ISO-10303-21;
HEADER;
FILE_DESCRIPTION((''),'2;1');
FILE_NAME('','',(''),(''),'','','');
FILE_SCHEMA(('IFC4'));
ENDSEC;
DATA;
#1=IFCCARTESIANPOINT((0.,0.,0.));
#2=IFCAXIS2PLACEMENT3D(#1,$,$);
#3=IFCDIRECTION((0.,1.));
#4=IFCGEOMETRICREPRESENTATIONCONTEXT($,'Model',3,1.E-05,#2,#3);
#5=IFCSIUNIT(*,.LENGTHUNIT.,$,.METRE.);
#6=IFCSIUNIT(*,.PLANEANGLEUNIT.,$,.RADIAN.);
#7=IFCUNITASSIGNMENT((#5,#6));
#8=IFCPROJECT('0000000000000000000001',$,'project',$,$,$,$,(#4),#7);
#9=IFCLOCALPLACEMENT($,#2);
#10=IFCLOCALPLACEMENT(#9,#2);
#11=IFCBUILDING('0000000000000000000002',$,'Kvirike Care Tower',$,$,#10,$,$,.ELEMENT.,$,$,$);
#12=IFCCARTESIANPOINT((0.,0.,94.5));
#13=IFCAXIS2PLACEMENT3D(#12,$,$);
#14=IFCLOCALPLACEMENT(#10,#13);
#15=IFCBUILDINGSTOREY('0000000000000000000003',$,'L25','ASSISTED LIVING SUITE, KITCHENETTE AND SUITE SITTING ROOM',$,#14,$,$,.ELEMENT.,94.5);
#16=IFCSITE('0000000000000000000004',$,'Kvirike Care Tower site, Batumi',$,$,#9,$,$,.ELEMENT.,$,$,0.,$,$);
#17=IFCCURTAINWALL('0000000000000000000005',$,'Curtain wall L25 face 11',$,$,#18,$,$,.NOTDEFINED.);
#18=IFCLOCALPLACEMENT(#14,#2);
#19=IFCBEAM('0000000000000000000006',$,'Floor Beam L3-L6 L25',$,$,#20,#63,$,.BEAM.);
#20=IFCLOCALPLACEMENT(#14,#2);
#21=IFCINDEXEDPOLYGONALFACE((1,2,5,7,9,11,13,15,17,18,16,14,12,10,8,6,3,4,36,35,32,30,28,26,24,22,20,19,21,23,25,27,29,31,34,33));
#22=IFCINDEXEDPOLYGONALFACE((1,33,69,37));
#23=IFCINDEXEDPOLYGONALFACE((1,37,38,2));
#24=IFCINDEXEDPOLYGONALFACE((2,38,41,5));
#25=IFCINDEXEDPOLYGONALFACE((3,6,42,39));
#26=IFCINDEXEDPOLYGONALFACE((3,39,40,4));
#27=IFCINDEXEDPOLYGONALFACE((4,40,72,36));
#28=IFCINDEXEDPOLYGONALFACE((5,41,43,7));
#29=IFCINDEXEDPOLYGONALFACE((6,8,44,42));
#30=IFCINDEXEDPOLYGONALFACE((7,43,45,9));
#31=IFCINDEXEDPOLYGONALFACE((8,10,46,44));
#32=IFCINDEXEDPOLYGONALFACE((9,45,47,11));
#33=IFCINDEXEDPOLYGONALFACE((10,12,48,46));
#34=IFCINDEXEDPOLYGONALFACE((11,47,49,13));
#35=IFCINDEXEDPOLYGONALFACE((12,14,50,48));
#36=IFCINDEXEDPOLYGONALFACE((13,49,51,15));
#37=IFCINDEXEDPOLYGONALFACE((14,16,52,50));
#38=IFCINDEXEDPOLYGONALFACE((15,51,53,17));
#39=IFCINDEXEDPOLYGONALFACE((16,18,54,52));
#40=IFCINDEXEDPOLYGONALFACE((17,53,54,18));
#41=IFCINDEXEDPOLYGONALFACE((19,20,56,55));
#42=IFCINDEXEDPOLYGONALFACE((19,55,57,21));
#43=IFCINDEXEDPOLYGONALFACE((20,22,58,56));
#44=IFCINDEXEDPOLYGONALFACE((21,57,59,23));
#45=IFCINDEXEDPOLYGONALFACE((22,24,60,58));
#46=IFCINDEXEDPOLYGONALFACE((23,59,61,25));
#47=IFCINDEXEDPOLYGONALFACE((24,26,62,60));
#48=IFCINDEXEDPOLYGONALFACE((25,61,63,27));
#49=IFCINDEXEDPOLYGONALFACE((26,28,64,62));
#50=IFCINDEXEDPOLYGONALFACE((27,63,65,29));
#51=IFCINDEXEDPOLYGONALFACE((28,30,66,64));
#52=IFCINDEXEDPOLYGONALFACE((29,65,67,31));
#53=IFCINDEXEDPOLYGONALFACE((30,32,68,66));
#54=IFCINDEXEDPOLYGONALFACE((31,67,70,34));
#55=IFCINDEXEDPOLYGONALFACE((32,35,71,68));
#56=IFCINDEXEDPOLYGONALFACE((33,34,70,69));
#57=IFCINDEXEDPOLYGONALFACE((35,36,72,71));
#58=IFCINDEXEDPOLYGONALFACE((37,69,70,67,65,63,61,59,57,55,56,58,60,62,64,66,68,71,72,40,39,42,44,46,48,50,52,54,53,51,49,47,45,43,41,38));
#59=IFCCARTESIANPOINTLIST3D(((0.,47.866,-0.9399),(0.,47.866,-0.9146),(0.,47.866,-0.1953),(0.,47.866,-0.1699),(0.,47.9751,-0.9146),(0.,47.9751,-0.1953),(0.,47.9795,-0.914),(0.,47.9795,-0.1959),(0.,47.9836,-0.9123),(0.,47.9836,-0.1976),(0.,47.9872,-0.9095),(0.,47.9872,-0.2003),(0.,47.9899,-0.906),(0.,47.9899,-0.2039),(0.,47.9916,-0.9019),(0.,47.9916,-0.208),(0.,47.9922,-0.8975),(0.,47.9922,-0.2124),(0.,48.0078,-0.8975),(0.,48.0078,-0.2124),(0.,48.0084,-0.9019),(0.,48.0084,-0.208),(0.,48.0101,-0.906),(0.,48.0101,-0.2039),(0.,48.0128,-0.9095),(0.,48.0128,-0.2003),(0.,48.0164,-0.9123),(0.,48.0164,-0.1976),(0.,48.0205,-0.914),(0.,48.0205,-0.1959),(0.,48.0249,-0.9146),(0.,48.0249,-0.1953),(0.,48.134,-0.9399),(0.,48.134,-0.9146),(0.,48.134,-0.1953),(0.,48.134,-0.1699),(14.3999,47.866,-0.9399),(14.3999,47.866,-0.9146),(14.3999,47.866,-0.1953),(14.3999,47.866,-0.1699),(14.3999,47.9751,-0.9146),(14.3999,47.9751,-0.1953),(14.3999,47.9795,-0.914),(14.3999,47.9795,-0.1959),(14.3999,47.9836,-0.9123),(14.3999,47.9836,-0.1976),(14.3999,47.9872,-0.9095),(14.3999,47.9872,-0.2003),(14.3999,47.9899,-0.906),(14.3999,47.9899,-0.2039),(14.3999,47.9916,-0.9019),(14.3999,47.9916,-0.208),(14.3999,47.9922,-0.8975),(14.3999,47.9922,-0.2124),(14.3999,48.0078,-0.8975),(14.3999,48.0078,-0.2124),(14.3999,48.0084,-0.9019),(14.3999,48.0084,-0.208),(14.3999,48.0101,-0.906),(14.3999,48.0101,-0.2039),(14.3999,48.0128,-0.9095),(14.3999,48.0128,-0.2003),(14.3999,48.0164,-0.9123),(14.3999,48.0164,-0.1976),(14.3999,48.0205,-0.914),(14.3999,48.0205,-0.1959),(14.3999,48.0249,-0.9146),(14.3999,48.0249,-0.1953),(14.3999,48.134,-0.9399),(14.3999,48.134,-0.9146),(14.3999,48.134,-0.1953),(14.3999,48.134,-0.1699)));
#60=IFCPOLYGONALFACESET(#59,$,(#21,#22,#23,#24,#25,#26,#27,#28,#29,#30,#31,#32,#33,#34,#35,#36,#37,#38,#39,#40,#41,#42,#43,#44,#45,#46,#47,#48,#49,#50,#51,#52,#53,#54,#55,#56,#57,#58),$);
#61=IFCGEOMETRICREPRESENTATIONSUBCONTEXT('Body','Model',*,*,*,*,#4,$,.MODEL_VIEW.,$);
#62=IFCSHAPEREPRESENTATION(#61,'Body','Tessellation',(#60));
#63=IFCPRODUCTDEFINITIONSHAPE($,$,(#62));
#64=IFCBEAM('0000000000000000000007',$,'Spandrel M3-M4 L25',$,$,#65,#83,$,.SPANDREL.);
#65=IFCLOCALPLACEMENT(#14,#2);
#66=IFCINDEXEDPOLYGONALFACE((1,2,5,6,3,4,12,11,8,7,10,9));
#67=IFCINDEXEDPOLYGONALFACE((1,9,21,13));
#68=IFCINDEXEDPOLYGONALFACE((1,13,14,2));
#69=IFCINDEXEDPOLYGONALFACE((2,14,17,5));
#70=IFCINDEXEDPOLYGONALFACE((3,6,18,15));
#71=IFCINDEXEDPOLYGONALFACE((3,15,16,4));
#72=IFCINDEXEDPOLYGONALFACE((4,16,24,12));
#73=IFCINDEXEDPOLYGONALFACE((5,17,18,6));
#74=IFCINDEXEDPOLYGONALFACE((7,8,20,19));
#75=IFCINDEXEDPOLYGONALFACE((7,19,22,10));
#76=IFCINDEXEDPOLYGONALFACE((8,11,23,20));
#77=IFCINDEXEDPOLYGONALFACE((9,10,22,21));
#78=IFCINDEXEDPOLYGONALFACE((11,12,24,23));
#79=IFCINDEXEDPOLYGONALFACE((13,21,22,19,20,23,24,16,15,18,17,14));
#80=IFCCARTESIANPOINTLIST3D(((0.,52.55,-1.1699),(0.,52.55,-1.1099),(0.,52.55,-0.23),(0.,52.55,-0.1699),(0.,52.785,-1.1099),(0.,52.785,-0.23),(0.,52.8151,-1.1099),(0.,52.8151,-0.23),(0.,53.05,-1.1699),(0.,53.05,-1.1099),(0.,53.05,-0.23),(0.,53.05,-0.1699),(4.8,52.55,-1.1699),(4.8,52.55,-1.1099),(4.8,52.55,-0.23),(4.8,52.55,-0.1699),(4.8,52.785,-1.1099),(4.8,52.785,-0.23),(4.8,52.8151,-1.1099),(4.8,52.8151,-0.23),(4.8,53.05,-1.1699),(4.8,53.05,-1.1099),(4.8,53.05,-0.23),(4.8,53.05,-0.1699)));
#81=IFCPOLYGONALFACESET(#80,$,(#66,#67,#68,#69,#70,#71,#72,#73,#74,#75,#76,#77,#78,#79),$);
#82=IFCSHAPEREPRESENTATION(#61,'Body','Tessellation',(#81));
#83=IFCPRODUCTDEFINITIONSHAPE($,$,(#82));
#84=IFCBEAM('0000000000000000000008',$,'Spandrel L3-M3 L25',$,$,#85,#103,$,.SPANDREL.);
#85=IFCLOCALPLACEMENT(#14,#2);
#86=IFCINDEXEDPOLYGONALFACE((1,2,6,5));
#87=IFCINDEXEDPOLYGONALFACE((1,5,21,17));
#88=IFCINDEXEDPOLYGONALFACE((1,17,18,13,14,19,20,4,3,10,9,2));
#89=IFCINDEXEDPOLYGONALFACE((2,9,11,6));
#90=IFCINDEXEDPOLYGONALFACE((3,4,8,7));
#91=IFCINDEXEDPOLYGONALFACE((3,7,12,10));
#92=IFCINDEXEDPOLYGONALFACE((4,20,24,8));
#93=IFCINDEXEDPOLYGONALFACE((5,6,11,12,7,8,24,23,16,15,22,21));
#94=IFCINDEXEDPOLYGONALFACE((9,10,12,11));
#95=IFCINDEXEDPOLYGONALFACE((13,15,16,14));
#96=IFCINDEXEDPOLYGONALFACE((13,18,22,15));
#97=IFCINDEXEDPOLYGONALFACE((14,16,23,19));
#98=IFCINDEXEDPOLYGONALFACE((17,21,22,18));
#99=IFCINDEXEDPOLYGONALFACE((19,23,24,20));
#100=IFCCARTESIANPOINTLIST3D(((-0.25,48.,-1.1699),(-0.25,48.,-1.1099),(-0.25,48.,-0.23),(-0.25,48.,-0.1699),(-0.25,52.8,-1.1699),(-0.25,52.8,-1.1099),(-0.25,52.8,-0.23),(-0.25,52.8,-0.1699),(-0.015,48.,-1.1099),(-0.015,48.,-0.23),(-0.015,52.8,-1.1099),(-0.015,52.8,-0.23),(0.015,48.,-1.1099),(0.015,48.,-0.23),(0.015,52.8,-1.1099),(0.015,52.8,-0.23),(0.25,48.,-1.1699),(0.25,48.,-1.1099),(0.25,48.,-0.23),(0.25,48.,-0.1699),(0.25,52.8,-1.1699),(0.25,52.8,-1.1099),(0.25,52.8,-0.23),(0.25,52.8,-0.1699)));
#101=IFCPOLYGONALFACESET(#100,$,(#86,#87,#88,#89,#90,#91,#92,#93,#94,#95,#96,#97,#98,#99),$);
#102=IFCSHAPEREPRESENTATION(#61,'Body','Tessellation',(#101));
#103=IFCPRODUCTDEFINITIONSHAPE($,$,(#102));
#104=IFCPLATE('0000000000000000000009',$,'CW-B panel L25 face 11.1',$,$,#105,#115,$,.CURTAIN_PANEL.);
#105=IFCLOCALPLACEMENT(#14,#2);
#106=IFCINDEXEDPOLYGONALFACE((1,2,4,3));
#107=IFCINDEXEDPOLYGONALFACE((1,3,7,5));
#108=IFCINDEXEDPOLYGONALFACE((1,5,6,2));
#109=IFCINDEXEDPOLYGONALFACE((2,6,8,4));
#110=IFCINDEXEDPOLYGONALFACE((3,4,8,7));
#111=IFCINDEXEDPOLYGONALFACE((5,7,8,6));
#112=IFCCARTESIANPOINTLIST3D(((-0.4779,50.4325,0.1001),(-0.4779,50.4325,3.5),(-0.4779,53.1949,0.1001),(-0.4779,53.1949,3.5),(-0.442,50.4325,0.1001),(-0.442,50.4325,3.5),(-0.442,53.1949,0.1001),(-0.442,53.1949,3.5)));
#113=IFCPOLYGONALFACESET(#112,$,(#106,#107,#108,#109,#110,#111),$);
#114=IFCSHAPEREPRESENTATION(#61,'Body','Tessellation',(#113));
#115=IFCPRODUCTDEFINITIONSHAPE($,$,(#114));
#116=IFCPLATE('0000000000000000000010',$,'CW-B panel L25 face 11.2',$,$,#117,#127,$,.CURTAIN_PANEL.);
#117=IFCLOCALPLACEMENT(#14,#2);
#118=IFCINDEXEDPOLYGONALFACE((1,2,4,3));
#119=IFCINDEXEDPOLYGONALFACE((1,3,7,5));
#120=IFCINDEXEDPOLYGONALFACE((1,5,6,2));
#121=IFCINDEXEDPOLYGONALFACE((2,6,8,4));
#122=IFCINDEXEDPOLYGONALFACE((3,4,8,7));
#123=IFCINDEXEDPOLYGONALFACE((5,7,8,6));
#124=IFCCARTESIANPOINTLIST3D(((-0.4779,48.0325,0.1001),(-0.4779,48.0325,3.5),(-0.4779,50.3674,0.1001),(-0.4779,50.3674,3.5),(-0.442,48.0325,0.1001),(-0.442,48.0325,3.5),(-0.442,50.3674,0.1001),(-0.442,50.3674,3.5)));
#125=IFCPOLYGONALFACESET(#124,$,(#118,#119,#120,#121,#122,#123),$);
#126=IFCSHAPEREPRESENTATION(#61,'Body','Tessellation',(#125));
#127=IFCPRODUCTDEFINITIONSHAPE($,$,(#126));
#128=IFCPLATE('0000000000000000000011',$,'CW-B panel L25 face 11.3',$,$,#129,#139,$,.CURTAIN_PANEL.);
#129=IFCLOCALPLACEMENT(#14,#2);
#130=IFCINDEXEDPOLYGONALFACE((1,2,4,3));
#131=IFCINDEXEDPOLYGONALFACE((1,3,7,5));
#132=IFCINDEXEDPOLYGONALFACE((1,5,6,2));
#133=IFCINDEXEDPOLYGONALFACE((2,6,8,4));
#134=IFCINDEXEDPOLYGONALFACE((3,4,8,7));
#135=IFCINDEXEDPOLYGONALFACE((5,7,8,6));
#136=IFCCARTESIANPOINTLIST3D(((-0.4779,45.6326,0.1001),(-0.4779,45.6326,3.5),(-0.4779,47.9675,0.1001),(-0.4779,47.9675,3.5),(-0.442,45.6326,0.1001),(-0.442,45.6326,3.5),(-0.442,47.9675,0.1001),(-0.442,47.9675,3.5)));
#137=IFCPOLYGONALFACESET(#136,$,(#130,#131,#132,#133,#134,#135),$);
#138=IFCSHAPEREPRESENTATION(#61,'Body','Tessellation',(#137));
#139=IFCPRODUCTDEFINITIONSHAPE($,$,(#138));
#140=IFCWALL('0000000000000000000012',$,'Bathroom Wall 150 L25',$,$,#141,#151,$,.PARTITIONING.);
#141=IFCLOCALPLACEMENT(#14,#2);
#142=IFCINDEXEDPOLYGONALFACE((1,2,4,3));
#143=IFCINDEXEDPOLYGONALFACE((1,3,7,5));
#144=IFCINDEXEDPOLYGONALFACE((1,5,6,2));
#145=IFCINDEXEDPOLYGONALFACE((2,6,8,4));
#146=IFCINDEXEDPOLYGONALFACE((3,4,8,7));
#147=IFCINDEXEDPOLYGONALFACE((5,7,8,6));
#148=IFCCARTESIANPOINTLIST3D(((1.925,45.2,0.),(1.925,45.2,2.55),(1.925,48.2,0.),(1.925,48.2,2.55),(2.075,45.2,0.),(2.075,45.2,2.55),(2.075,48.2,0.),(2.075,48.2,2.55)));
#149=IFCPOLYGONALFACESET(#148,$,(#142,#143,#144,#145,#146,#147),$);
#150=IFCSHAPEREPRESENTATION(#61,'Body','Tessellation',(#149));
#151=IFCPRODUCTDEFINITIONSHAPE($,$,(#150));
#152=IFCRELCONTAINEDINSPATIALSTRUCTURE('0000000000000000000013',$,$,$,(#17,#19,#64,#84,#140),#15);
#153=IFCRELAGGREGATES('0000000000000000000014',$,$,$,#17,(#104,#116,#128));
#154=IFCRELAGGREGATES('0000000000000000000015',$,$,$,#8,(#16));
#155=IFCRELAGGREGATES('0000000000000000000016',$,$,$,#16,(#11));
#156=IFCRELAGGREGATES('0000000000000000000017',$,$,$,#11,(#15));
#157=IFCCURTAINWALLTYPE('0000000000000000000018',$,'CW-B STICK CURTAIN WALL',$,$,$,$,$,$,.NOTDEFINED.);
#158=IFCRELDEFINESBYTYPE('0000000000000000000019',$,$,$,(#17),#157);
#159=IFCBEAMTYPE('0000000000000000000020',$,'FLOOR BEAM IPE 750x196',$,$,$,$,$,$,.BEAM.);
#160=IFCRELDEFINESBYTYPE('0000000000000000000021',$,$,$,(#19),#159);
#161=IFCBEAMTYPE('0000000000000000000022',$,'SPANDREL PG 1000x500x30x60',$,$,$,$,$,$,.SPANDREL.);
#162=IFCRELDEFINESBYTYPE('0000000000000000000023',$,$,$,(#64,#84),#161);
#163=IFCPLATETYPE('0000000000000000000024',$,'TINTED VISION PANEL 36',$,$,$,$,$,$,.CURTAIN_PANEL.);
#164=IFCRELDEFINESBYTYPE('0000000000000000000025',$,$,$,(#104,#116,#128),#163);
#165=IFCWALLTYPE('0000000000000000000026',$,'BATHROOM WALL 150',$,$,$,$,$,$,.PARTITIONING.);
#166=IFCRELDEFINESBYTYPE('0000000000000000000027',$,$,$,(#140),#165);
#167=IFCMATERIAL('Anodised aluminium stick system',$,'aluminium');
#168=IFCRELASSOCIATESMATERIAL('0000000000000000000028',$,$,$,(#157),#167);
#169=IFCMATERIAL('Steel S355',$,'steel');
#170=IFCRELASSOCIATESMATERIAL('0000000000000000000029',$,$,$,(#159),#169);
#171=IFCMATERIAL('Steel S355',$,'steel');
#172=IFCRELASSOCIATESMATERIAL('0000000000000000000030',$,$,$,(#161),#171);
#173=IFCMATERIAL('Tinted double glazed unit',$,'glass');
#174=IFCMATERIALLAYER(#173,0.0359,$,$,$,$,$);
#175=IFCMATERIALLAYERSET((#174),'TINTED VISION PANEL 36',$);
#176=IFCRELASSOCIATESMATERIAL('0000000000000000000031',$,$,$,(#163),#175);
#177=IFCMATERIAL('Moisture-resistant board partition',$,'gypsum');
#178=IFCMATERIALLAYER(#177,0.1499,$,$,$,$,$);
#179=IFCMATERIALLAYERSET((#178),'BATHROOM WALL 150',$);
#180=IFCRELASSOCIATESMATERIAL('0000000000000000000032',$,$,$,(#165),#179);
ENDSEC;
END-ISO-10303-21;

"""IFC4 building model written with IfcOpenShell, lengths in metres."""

from ifc_helpers import new_model, si_unit, direction, frame, frame_2d, origin, origin_2d, place, context, subcontext, project, spatial, rectangle, i_section, extrude, material, layer, layer_set, material_profile, profile_set, type_object, element, aggregate, save


model = new_model("IFC4")

# Units and contexts
model_context = context("Model", 3, precision=1e-05, world=origin(), true_north=direction((0.0, 1.0)))
body_context = subcontext(model_context, "Body", "Model", "MODEL_VIEW")
ifc_project = project(units=[si_unit("LENGTHUNIT", "METRE"), si_unit("PLANEANGLEUNIT", "RADIAN")], contexts=[model_context])

# Site, building, storey
site_placement = place(None, origin())
site = spatial("IfcSite", under=ifc_project, at=site_placement, Name="Kvirike Care Tower site, Batumi", CompositionType="ELEMENT", RefElevation=0.0)
building_placement = place(site_placement, origin())
building = spatial("IfcBuilding", under=site, at=building_placement, Name="Kvirike Care Tower", CompositionType="ELEMENT")
storey_placement = place(building_placement, frame((0.0, 0.0, 94.5)))
storey = spatial("IfcBuildingStorey", under=building, at=storey_placement, Name="L25", Description="ASSISTED LIVING SUITE, KITCHENETTE AND SUITE SITTING ROOM", CompositionType="ELEMENT", Elevation=94.5)

# Curtain wall
ifc_material_1 = material(Name="Anodised aluminium stick system", Category="aluminium")
curtain_wall_type = type_object("IfcCurtainWallType", Name="CW-B STICK CURTAIN WALL", PredefinedType="NOTDEFINED", material=ifc_material_1)
curtain_wall_placement = place(storey_placement, origin())
curtain_wall = element("IfcCurtainWall", 1, at=curtain_wall_placement, inside=storey, type_object=curtain_wall_type, Name="Curtain wall L25 face 11", PredefinedType="NOTDEFINED")

# Beams
ifc_material_2 = material(Name="Steel S355", Category="steel")
ifc_material_profile_1 = material_profile(ifc_material_2, i_section(OverallWidth=0.2681, OverallDepth=0.77, WebThickness=0.0156, FlangeThickness=0.0254, FilletRadius=0.0171, at=origin_2d()), Name="IPE 750x196")
ifc_profile_set_1 = profile_set([ifc_material_profile_1], Name="Steel S355")
beam_type_1 = type_object("IfcBeamType", Name="FLOOR BEAM IPE 750x196", PredefinedType="BEAM", material=ifc_profile_set_1)
beam_placement = place(storey_placement, frame((0.0, 48.0, -0.5549), z_axis=(1.0, 0.0, 0.0), x_axis=(0.0, 1.0, 0.0)))
element("IfcBeam", 2, at=beam_placement, inside=storey, type_object=beam_type_1, Name="Floor Beam L3-L6 L25", PredefinedType="BEAM", context=body_context, shape_type="SweptSolid", body=[
    extrude(i_section(OverallWidth=0.2681, OverallDepth=0.77, WebThickness=0.0156, FlangeThickness=0.0254, FilletRadius=0.0171, at=origin_2d()), origin(), (0.0, 0.0, 1.0), 14.3999),
])
ifc_material_3 = material(Name="Steel S355", Category="steel")
ifc_material_profile_2 = material_profile(ifc_material_3, i_section(OverallWidth=0.5, OverallDepth=1.0, WebThickness=0.03, FlangeThickness=0.0601, at=origin_2d()), Name="PG 1000x500x30x60")
ifc_profile_set_2 = profile_set([ifc_material_profile_2], Name="Steel S355")
beam_type_2 = type_object("IfcBeamType", Name="SPANDREL PG 1000x500x30x60", PredefinedType="SPANDREL", material=ifc_profile_set_2)
for number, where, z_axis, x_axis, name in (
    (3, (0.0, 52.8, -0.6699), (1.0, 0.0, 0.0), (0.0, 1.0, 0.0), "Spandrel M3-M4 L25"),
    (4, (0.0, 48.0, -0.6699), (0.0, 1.0, 0.0), (-1.0, 0.0, 0.0), "Spandrel L3-M3 L25"),
):
    element("IfcBeam", number, at=place(storey_placement, frame(where, z_axis=z_axis, x_axis=x_axis)), inside=storey, type_object=beam_type_2, Name=name, PredefinedType="SPANDREL", context=body_context, shape_type="SweptSolid", body=[
        extrude(i_section(OverallWidth=0.5, OverallDepth=1.0, WebThickness=0.03, FlangeThickness=0.0601, at=origin_2d()), origin(), (0.0, 0.0, 1.0), 4.8),
    ])

# Plates
ifc_material_4 = material(Name="Tinted double glazed unit", Category="glass")
ifc_layer_1 = layer(ifc_material_4, 0.0359)
ifc_layer_set_1 = layer_set([ifc_layer_1], Name="TINTED VISION PANEL 36")
plate_type = type_object("IfcPlateType", Name="TINTED VISION PANEL 36", PredefinedType="CURTAIN_PANEL", material=ifc_layer_set_1)
plate_1_placement = place(storey_placement, frame((-0.46, 51.8137, 0.1001), z_axis=(0.0, 0.0, 1.0), x_axis=(0.0, -1.0, 0.0)))
plate_1 = element("IfcPlate", 5, at=plate_1_placement, type_object=plate_type, Name="CW-B panel L25 face 11.1", PredefinedType="CURTAIN_PANEL", context=body_context, shape_type="SweptSolid", body=[
    extrude(rectangle(XDim=2.7625, YDim=0.0359, at=origin_2d()), origin(), (0.0, 0.0, 1.0), 3.3999),
])
plate_2_placement = place(storey_placement, frame((-0.46, 49.2, 0.1001), z_axis=(0.0, 0.0, 1.0), x_axis=(0.0, -1.0, 0.0)))
plate_2 = element("IfcPlate", 6, at=plate_2_placement, type_object=plate_type, Name="CW-B panel L25 face 11.2", PredefinedType="CURTAIN_PANEL", context=body_context, shape_type="SweptSolid", body=[
    extrude(rectangle(XDim=2.335, YDim=0.0359, at=origin_2d()), origin(), (0.0, 0.0, 1.0), 3.3999),
])
plate_3_placement = place(storey_placement, frame((-0.46, 46.8, 0.1001), z_axis=(0.0, 0.0, 1.0), x_axis=(0.0, -1.0, 0.0)))
plate_3 = element("IfcPlate", 7, at=plate_3_placement, type_object=plate_type, Name="CW-B panel L25 face 11.3", PredefinedType="CURTAIN_PANEL", context=body_context, shape_type="SweptSolid", body=[
    extrude(rectangle(XDim=2.335, YDim=0.0359, at=origin_2d()), origin(), (0.0, 0.0, 1.0), 3.3999),
])
aggregate(curtain_wall, [plate_1, plate_2, plate_3])

# Wall
ifc_material_5 = material(Name="Moisture-resistant board partition", Category="gypsum")
ifc_layer_2 = layer(ifc_material_5, 0.1499)
ifc_layer_set_2 = layer_set([ifc_layer_2], Name="BATHROOM WALL 150")
wall_type_1 = type_object("IfcWallType", Name="BATHROOM WALL 150", PredefinedType="PARTITIONING", material=ifc_layer_set_2)
wall_1_placement = place(storey_placement, frame((2.0, 48.2, 0.0), z_axis=(0.0, 0.0, 1.0), x_axis=(0.0, -1.0, 0.0)))
element("IfcWall", 8, at=wall_1_placement, inside=storey, type_object=wall_type_1, Name="Bathroom Wall 150 L25", PredefinedType="PARTITIONING", context=body_context, shape_type="SweptSolid", body=[
    extrude(rectangle(XDim=3.0, YDim=0.1499, at=frame_2d((1.5, 0.0))), origin(), (0.0, 0.0, 1.0), 2.55),
])

save(model, "model.ifc")
